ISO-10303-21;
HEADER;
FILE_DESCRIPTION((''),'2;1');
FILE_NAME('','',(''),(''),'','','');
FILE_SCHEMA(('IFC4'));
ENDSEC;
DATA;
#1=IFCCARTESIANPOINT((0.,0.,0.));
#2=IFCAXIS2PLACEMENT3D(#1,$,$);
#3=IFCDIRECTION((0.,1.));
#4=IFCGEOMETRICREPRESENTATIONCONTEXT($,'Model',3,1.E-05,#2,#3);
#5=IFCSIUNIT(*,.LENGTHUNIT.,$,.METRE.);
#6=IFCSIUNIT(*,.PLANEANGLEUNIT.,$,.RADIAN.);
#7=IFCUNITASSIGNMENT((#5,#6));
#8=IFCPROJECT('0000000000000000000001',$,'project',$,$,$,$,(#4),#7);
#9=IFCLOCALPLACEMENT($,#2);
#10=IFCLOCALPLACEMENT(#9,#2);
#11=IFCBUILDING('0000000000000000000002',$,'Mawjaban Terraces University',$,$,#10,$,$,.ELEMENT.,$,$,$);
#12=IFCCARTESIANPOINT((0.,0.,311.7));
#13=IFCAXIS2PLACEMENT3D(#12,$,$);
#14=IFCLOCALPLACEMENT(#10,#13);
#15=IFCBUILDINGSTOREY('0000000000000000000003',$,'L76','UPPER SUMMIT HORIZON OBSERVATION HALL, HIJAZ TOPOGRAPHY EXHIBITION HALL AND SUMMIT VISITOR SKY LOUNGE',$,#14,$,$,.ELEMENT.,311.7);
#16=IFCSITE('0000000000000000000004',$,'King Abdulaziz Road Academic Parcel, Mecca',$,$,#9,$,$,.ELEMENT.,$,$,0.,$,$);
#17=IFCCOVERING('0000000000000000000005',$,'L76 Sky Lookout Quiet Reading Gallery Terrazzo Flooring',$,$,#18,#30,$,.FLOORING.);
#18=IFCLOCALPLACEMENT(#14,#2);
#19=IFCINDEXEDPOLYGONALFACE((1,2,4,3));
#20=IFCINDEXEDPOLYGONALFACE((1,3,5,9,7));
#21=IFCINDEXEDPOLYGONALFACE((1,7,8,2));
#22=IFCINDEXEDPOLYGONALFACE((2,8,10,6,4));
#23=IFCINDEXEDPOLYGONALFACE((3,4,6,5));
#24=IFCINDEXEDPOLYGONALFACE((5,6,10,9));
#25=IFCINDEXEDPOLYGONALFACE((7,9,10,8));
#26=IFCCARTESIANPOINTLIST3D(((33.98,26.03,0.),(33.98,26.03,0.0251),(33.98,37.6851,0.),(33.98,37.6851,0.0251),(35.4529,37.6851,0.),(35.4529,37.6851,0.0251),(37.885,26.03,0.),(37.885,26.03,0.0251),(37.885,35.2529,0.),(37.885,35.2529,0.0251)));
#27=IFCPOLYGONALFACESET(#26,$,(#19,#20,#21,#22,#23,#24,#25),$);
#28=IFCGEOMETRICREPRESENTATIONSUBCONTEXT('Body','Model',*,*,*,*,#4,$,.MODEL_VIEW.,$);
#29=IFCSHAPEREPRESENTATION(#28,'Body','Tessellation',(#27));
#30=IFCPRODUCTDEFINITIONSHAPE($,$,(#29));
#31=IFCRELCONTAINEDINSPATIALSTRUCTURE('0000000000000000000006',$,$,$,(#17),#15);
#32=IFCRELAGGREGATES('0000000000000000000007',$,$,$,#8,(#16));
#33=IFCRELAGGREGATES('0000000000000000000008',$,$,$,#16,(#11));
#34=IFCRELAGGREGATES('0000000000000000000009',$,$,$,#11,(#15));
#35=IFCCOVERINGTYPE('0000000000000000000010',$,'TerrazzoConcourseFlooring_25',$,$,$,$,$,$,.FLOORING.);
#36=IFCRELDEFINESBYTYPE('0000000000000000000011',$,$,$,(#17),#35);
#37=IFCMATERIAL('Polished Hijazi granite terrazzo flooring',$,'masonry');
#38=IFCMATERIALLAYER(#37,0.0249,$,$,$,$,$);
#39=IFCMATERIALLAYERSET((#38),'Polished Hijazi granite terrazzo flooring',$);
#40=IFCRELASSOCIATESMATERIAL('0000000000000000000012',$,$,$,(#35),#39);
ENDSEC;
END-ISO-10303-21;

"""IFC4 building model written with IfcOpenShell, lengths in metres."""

from ifc_helpers import new_model, si_unit, direction, frame, origin, place, context, subcontext, project, spatial, polyline, outline, extrude, material, layer, layer_set, type_object, element, save


model = new_model("IFC4")

# Units and contexts
model_context = context("Model", 3, precision=1e-05, world=origin(), true_north=direction((0.0, 1.0)))
body_context = subcontext(model_context, "Body", "Model", "MODEL_VIEW")
ifc_project = project(units=[si_unit("LENGTHUNIT", "METRE"), si_unit("PLANEANGLEUNIT", "RADIAN")], contexts=[model_context])

# Site, building, storey
site_placement = place(None, origin())
site = spatial("IfcSite", under=ifc_project, at=site_placement, Name="King Abdulaziz Road Academic Parcel, Mecca", CompositionType="ELEMENT", RefElevation=0.0)
building_placement = place(site_placement, origin())
building = spatial("IfcBuilding", under=site, at=building_placement, Name="Mawjaban Terraces University", CompositionType="ELEMENT")
storey_placement = place(building_placement, frame((0.0, 0.0, 311.7)))
storey = spatial("IfcBuildingStorey", under=building, at=storey_placement, Name="L76", Description="UPPER SUMMIT HORIZON OBSERVATION HALL, HIJAZ TOPOGRAPHY EXHIBITION HALL AND SUMMIT VISITOR SKY LOUNGE", CompositionType="ELEMENT", Elevation=311.7)

# Covering
ifc_material_1 = material(Name="Polished Hijazi granite terrazzo flooring", Category="masonry")
ifc_layer_1 = layer(ifc_material_1, 0.0249)
ifc_layer_set_1 = layer_set([ifc_layer_1], Name="Polished Hijazi granite terrazzo flooring")
covering_type_1 = type_object("IfcCoveringType", Name="TerrazzoConcourseFlooring_25", PredefinedType="FLOORING", material=ifc_layer_set_1)
covering_1_placement = place(storey_placement, origin())
element("IfcCovering", 1, at=covering_1_placement, inside=storey, type_object=covering_type_1, Name="L76 Sky Lookout Quiet Reading Gallery Terrazzo Flooring", PredefinedType="FLOORING", context=body_context, shape_type="SweptSolid", body=[
    extrude(outline(polyline([(37.885, 26.03), (37.885, 35.2529), (35.4529, 37.6851), (33.98, 37.6851), (33.98, 26.03), (37.885, 26.03)])), origin(), (0.0, 0.0, 1.0), 0.0251),
])

save(model, "model.ifc")
